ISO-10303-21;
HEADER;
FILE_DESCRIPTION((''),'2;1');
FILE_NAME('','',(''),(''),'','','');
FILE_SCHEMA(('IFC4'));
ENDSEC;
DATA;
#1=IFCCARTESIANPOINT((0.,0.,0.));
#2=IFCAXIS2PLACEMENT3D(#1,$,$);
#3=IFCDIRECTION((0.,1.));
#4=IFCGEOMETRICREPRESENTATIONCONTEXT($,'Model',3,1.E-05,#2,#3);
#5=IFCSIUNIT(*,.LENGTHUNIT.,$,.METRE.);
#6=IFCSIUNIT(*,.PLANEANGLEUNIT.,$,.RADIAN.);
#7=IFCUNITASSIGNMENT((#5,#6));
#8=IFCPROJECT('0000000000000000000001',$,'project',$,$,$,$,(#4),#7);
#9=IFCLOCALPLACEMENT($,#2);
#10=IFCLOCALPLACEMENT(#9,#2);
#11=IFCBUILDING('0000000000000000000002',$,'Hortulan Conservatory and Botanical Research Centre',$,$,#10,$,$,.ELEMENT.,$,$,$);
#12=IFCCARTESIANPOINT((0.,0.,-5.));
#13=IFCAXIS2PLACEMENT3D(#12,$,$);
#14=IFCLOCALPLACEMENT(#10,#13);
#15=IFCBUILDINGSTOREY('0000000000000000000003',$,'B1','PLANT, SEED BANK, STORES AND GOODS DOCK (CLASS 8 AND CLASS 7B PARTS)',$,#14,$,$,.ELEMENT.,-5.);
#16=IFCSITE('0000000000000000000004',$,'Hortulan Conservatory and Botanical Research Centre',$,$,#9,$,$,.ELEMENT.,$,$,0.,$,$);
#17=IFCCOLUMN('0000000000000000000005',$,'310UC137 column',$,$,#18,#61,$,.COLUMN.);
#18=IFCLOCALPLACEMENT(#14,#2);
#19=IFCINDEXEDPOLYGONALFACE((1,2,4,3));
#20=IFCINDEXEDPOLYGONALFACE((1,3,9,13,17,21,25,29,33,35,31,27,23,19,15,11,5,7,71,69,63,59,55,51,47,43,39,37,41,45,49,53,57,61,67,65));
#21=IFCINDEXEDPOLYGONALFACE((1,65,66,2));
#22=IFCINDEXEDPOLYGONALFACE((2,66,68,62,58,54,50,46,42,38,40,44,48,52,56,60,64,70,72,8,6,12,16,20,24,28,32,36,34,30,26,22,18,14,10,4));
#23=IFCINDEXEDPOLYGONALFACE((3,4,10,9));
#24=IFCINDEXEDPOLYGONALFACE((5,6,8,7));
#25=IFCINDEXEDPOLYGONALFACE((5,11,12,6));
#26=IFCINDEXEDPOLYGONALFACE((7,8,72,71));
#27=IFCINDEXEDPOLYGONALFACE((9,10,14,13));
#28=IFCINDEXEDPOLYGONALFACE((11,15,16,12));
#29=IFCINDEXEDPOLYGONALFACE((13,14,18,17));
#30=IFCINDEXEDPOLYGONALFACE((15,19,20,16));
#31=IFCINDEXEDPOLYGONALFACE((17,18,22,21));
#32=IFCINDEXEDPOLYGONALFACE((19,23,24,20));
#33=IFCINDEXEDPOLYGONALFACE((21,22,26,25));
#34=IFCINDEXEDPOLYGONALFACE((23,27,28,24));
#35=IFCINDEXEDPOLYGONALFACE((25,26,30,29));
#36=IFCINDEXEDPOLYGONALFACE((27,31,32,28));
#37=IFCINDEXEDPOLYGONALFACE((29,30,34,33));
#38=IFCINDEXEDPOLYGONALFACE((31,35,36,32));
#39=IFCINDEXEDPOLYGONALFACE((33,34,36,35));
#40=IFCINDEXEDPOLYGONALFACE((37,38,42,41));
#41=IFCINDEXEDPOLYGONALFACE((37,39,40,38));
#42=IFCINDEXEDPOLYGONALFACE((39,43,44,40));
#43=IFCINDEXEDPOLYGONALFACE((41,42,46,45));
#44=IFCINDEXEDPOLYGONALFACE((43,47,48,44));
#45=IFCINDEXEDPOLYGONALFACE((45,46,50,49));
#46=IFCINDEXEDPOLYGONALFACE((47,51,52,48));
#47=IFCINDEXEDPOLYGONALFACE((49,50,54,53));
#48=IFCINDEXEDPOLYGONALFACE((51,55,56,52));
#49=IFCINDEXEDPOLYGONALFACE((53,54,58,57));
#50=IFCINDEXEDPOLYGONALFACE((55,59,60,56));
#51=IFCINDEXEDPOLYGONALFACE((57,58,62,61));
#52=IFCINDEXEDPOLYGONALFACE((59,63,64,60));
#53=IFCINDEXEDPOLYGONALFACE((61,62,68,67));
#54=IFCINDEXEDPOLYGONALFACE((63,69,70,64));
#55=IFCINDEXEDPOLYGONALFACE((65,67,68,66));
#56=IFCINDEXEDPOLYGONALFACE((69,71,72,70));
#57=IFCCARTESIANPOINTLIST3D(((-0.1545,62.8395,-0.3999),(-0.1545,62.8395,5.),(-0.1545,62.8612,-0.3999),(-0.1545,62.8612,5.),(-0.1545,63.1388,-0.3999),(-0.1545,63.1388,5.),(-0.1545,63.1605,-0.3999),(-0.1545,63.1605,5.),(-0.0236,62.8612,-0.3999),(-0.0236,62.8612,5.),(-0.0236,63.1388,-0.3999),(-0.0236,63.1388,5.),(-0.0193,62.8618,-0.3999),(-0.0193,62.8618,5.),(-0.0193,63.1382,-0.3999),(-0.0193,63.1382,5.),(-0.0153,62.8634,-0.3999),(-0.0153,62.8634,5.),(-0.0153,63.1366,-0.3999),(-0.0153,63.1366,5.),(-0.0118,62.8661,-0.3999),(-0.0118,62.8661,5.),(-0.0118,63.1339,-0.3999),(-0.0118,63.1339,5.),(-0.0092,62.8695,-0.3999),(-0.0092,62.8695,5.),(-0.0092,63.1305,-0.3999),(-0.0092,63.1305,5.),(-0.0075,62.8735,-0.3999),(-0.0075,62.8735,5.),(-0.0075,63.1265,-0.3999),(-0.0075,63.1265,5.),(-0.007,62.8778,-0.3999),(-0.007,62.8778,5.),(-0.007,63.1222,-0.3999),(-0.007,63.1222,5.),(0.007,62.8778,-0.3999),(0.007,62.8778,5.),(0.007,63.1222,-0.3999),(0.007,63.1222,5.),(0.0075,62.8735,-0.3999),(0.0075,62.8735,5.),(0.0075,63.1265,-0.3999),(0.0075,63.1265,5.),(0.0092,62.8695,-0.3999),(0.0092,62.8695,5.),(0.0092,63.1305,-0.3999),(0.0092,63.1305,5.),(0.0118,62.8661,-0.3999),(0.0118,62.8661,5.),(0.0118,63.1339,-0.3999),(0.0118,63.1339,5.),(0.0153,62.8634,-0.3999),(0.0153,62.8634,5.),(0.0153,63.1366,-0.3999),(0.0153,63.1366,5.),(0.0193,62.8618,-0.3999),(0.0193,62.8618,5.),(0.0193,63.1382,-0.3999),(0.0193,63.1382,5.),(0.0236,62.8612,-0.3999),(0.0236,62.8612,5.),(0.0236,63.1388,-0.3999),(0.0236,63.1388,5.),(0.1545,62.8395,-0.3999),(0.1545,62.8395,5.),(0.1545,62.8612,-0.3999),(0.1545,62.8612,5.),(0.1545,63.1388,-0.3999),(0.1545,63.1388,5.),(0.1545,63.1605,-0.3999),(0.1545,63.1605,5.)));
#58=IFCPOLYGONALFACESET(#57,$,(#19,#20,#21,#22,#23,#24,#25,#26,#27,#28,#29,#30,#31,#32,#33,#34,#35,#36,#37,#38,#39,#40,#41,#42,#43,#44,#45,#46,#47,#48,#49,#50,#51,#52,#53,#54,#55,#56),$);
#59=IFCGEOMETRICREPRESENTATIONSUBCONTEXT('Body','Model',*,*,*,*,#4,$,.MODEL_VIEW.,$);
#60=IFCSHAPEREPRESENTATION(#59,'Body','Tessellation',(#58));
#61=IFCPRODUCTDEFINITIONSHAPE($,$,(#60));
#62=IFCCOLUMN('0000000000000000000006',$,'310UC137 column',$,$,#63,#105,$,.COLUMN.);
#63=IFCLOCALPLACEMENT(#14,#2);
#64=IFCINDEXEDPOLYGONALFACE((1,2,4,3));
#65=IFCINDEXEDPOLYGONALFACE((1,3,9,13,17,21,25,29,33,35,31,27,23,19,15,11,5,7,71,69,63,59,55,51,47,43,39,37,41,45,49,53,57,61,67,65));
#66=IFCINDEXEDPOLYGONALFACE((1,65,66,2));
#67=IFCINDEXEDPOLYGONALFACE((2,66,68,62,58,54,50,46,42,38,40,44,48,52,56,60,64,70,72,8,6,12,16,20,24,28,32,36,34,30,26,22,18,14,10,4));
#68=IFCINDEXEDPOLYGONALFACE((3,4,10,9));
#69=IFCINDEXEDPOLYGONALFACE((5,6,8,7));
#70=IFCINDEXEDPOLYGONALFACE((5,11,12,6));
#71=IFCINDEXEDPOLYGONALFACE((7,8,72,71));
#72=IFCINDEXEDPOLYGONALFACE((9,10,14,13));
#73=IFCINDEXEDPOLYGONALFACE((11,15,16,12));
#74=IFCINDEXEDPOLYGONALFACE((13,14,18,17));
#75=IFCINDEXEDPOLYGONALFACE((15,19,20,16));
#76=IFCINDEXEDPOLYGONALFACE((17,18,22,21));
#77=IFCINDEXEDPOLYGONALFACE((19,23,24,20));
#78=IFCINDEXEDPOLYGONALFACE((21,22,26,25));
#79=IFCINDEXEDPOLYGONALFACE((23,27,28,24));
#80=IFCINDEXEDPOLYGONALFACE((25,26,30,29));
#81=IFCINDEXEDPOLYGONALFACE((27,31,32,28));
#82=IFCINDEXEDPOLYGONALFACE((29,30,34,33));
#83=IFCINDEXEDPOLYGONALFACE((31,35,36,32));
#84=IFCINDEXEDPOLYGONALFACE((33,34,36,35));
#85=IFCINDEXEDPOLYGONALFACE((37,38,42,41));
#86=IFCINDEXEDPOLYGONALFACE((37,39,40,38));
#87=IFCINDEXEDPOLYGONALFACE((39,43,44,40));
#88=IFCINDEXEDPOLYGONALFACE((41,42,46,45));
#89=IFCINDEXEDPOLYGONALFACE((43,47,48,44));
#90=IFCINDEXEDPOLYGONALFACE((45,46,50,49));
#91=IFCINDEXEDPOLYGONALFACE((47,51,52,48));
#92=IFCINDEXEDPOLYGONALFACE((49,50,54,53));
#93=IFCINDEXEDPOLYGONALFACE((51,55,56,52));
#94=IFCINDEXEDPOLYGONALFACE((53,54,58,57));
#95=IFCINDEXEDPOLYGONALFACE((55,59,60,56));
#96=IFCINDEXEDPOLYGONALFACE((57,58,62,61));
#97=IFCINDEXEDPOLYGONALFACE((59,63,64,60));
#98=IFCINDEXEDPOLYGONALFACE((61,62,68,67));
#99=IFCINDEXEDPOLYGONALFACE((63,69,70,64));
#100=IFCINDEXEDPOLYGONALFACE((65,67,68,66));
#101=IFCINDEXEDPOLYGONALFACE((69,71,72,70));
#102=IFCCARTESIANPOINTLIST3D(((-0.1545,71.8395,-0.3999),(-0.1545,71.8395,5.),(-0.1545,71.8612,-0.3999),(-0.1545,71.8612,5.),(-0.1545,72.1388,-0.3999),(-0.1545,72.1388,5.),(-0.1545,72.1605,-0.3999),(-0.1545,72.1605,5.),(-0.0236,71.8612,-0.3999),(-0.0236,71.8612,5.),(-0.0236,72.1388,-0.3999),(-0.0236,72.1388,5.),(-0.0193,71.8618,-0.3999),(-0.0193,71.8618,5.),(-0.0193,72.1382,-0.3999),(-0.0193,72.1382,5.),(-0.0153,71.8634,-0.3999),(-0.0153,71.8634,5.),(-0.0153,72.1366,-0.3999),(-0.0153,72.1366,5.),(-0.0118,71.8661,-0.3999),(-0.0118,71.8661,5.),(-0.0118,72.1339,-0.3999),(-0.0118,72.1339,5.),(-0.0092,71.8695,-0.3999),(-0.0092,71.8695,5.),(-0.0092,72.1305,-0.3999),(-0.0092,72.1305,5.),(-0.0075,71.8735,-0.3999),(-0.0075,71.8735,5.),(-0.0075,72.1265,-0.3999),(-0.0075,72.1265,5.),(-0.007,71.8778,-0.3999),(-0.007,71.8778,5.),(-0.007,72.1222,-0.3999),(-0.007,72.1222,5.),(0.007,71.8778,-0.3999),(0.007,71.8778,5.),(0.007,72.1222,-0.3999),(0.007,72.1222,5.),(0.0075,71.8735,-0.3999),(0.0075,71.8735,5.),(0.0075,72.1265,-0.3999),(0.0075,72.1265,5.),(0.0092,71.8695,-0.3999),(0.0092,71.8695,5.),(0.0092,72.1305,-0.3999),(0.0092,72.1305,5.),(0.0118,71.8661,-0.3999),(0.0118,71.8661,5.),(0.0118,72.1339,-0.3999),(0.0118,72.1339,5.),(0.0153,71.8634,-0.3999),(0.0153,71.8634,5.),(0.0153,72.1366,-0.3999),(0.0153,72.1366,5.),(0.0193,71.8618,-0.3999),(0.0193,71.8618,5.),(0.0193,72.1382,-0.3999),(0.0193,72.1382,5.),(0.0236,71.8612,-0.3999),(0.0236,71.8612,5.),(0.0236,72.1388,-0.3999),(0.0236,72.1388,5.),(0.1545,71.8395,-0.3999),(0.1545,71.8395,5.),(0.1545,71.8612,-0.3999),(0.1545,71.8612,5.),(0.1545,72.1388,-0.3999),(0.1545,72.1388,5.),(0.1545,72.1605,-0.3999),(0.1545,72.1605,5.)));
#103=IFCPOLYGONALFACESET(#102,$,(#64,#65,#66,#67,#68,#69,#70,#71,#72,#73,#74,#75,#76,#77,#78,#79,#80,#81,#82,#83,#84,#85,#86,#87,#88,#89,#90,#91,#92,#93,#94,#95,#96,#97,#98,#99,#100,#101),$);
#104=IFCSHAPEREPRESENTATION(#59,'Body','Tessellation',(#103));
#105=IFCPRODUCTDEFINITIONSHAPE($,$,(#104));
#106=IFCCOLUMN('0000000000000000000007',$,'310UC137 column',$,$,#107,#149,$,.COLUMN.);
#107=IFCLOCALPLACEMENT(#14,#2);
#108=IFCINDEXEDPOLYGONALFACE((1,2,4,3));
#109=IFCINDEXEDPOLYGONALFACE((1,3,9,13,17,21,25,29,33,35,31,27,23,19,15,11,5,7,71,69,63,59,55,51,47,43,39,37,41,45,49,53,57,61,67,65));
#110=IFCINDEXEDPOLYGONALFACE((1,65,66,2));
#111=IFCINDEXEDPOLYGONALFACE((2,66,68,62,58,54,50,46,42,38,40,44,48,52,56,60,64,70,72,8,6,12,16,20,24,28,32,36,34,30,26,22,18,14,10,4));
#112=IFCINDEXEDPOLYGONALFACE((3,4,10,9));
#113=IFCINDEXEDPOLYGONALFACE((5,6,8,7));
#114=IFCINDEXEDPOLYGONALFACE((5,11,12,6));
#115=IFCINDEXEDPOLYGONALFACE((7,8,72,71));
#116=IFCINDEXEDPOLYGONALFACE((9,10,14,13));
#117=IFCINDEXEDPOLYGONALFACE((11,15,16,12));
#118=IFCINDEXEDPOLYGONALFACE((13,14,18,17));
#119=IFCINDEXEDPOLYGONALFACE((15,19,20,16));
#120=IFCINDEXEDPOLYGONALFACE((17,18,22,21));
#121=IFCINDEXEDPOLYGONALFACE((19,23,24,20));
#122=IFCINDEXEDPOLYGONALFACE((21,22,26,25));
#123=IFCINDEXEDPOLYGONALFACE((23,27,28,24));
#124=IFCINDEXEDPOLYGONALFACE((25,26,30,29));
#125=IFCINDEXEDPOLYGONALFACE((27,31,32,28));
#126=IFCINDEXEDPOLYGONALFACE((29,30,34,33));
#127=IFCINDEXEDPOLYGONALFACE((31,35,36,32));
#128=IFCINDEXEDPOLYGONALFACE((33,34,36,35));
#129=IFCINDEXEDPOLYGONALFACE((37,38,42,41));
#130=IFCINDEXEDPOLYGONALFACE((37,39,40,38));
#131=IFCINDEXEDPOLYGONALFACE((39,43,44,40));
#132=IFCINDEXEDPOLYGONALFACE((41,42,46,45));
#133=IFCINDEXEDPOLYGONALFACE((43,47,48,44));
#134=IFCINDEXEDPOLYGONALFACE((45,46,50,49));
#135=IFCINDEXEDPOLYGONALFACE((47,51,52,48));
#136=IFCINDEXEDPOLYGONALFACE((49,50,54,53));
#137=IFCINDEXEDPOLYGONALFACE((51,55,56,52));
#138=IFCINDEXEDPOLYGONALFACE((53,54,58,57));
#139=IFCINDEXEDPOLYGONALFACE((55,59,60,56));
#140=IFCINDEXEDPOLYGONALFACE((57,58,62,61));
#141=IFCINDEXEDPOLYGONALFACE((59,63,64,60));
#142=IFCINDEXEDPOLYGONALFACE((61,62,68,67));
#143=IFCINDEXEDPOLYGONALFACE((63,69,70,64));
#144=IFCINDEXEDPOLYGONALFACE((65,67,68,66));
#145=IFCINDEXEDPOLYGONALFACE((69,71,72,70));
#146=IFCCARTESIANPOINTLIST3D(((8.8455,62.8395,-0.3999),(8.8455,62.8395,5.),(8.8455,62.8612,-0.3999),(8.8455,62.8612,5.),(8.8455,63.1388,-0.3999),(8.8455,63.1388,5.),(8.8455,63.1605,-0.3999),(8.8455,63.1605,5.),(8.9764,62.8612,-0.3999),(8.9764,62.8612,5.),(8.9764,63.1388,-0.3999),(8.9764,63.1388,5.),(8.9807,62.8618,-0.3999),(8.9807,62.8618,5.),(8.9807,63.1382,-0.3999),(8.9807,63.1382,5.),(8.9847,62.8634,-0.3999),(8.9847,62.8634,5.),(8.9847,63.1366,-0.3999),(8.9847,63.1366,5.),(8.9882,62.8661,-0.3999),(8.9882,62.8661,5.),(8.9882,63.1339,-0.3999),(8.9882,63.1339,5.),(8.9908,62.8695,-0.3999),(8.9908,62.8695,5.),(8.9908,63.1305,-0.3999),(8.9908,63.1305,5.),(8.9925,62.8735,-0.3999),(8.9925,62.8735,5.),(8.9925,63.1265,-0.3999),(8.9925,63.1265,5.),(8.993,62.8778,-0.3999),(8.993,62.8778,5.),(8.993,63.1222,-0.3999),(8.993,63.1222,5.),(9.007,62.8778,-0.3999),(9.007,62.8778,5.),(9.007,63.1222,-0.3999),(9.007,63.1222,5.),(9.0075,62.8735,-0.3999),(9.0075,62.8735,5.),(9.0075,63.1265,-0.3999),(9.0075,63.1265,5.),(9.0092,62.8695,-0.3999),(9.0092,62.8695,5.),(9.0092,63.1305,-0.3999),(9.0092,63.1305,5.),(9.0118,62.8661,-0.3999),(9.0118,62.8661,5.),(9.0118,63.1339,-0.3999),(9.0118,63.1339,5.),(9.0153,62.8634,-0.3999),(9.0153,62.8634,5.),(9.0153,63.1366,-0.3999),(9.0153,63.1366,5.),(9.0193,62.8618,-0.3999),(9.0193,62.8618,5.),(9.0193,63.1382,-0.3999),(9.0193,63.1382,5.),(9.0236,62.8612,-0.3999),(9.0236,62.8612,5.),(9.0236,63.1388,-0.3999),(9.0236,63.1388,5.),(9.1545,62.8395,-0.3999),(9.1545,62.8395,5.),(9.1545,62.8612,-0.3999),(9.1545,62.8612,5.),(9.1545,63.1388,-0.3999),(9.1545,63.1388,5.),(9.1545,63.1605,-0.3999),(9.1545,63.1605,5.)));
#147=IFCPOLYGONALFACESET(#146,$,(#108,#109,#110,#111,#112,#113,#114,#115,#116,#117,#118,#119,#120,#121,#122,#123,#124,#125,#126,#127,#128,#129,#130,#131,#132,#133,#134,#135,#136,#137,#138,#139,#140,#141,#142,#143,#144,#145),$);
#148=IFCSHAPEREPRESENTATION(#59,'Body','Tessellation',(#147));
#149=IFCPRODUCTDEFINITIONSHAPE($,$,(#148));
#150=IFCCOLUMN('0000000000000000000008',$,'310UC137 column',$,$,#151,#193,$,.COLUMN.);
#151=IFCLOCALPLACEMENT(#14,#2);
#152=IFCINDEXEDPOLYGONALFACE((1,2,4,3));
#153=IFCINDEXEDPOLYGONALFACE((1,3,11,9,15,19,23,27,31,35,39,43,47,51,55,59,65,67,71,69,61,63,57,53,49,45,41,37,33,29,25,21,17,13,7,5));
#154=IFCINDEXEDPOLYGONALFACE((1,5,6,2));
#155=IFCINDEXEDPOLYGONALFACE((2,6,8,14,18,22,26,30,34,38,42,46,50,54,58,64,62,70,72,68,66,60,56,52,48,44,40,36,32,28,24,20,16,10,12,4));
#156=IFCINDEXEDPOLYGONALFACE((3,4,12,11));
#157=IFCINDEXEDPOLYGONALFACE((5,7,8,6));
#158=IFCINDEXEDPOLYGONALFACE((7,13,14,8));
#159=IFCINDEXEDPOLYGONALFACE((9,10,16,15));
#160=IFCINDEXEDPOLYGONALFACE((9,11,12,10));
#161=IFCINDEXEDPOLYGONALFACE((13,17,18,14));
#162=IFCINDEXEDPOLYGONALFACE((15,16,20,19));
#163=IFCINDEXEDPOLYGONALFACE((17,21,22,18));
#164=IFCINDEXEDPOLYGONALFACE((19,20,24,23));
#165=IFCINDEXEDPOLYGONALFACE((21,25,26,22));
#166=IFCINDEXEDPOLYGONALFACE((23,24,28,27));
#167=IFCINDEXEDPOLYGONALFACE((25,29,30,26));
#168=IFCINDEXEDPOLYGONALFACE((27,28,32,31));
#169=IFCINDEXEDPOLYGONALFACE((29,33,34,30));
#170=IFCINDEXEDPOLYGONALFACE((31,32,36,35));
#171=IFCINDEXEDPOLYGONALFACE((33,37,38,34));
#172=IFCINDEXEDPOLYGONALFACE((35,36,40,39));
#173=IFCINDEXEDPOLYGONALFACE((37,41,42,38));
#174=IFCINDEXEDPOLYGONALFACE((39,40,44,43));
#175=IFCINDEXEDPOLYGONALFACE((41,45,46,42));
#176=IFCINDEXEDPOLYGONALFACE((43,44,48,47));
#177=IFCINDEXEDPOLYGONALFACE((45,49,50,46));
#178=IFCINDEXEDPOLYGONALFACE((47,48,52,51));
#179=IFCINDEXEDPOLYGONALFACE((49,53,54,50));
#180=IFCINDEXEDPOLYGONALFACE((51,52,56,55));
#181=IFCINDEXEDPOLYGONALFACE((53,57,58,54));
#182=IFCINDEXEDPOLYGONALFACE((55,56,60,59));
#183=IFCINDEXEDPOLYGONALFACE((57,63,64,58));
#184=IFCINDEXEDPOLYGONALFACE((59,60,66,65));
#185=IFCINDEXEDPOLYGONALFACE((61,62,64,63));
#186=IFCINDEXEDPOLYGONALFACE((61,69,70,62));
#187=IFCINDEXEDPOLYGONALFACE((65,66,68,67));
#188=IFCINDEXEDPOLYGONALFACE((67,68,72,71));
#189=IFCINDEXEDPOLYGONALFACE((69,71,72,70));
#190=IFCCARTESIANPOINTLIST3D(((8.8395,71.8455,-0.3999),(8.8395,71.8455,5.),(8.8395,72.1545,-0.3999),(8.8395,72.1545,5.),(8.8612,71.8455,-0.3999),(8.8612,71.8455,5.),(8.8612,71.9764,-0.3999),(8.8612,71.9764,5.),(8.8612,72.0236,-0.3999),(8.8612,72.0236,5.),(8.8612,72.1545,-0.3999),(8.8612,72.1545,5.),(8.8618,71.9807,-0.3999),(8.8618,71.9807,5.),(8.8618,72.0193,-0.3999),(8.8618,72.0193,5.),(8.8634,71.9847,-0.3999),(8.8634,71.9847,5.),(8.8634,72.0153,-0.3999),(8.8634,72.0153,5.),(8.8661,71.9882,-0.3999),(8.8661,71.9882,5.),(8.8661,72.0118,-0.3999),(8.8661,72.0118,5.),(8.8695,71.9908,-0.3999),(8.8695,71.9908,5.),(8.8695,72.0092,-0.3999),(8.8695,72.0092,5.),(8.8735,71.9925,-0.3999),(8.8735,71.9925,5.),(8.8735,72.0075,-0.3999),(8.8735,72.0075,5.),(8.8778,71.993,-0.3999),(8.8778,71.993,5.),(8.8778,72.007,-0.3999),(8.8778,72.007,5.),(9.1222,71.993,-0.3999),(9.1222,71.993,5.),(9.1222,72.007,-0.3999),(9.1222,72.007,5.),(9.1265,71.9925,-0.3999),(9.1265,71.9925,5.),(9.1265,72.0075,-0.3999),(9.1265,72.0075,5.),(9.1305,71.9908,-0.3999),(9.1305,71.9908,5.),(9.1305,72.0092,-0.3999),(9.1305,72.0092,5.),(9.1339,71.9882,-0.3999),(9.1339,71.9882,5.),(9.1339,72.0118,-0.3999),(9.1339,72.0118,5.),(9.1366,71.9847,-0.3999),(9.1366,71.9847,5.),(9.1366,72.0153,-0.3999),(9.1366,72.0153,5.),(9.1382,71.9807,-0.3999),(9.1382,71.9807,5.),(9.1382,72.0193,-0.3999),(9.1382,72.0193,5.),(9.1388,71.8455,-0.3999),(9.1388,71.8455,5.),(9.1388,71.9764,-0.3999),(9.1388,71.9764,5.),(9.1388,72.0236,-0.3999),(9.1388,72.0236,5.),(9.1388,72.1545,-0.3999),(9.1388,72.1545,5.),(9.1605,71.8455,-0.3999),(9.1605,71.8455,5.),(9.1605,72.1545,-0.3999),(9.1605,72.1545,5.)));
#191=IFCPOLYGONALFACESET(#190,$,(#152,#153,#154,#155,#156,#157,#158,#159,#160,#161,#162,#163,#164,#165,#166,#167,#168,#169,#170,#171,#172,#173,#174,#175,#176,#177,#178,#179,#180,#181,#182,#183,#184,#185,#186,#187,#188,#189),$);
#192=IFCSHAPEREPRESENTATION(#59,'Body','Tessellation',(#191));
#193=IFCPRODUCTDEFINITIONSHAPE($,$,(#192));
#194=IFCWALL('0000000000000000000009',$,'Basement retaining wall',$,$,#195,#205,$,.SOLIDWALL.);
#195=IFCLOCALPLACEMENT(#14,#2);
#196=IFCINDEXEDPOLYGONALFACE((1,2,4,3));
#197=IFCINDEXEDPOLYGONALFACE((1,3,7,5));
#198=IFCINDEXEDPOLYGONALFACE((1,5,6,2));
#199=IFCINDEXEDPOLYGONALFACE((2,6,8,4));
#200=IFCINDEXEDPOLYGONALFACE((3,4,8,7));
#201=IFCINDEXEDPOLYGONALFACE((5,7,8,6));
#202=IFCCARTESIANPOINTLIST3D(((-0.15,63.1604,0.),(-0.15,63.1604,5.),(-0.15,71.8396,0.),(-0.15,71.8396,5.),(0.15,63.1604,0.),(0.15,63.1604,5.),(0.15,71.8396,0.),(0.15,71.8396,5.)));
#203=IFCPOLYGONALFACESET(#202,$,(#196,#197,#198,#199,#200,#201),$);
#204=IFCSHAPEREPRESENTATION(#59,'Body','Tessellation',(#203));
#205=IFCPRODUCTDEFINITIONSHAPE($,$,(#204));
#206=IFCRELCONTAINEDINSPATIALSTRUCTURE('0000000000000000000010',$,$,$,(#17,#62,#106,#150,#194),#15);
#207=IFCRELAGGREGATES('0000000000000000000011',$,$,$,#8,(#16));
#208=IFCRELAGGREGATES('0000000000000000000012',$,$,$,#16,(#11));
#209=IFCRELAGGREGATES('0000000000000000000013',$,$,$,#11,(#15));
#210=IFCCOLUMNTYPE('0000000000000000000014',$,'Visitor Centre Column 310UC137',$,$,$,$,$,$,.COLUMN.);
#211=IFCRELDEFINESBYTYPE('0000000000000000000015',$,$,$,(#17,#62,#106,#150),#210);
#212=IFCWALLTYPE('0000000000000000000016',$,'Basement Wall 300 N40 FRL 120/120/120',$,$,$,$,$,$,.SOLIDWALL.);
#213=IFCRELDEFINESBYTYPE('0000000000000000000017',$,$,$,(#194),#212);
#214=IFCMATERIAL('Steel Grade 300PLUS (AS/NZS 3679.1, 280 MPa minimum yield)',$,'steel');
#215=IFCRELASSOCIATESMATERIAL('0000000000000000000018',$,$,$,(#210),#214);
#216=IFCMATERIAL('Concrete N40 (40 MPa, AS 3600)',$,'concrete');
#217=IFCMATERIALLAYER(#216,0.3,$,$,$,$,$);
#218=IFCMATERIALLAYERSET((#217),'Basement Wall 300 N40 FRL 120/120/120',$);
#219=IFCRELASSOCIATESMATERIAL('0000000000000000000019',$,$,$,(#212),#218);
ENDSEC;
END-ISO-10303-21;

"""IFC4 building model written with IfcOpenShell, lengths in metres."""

from ifc_helpers import new_model, si_unit, direction, frame, frame_2d, origin, origin_2d, place, context, subcontext, project, spatial, rectangle, i_section, extrude, material, layer, layer_set, material_profile, profile_set, type_object, element, save


model = new_model("IFC4")

# Units and contexts
model_context = context("Model", 3, precision=1e-05, world=origin(), true_north=direction((0.0, 1.0)))
body_context = subcontext(model_context, "Body", "Model", "MODEL_VIEW")
ifc_project = project(units=[si_unit("LENGTHUNIT", "METRE"), si_unit("PLANEANGLEUNIT", "RADIAN")], contexts=[model_context])

# Site, building, storey
site_placement = place(None, origin())
site = spatial("IfcSite", under=ifc_project, at=site_placement, Name="Hortulan Conservatory and Botanical Research Centre", CompositionType="ELEMENT", RefElevation=0.0)
building_placement = place(site_placement, origin())
building = spatial("IfcBuilding", under=site, at=building_placement, Name="Hortulan Conservatory and Botanical Research Centre", CompositionType="ELEMENT")
storey_placement = place(building_placement, frame((0.0, 0.0, -5.0)))
storey = spatial("IfcBuildingStorey", under=building, at=storey_placement, Name="B1", Description="PLANT, SEED BANK, STORES AND GOODS DOCK (CLASS 8 AND CLASS 7B PARTS)", CompositionType="ELEMENT", Elevation=-5.0)

# Shared definitions
ifc_material_1 = material(Name="Concrete N40 (40 MPa, AS 3600)", Category="concrete")

# Columns
ifc_material_2 = material(Name="Steel Grade 300PLUS (AS/NZS 3679.1, 280 MPa minimum yield)", Category="steel")
ifc_material_profile_1 = material_profile(ifc_material_2, i_section(OverallWidth=0.3091, OverallDepth=0.321, WebThickness=0.0139, FlangeThickness=0.0217, FilletRadius=0.0166, at=origin_2d()), Name="310UC137")
ifc_profile_set_1 = profile_set([ifc_material_profile_1], Name="Steel Grade 300PLUS (AS/NZS 3679.1, 280 MPa minimum yield)")
column_type = type_object("IfcColumnType", Name="Visitor Centre Column 310UC137", PredefinedType="COLUMN", material=ifc_profile_set_1)
for number, where, z_axis, x_axis, name in (
    (1, (0.0, 63.0, -0.3999), (0.0, 0.0, 1.0), (1.0, 0.0, 0.0), "310UC137 column"),
    (2, (0.0, 72.0, -0.3999), (0.0, 0.0, 1.0), (1.0, 0.0, 0.0), "310UC137 column"),
    (3, (9.0, 63.0, -0.3999), (0.0, 0.0, 1.0), (1.0, 0.0, 0.0), "310UC137 column"),
    (4, (9.0, 72.0, -0.3999), (0.0, 0.0, 1.0), (0.0, 1.0, 0.0), "310UC137 column"),
):
    element("IfcColumn", number, at=place(storey_placement, frame(where, z_axis=z_axis, x_axis=x_axis)), inside=storey, type_object=column_type, Name=name, PredefinedType="COLUMN", context=body_context, shape_type="SweptSolid", body=[
        extrude(i_section(OverallWidth=0.3091, OverallDepth=0.321, WebThickness=0.0139, FlangeThickness=0.0217, FilletRadius=0.0166, at=origin_2d()), origin(), (0.0, 0.0, 1.0), 5.3999),
    ])

# Wall
ifc_layer_1 = layer(ifc_material_1, 0.3)
ifc_layer_set_1 = layer_set([ifc_layer_1], Name="Basement Wall 300 N40 FRL 120/120/120")
wall_type_1 = type_object("IfcWallType", Name="Basement Wall 300 N40 FRL 120/120/120", PredefinedType="SOLIDWALL", material=ifc_layer_set_1)
wall_1_placement = place(storey_placement, frame((0.0, 63.1604, 0.0), z_axis=(0.0, 0.0, 1.0), x_axis=(0.0, 1.0, 0.0)))
element("IfcWall", 5, at=wall_1_placement, inside=storey, type_object=wall_type_1, Name="Basement retaining wall", PredefinedType="SOLIDWALL", context=body_context, shape_type="SweptSolid", body=[
    extrude(rectangle(XDim=8.6792, YDim=0.3, at=frame_2d((4.3396, 0.0))), origin(), (0.0, 0.0, 1.0), 5.0),
])

save(model, "model.ifc")
